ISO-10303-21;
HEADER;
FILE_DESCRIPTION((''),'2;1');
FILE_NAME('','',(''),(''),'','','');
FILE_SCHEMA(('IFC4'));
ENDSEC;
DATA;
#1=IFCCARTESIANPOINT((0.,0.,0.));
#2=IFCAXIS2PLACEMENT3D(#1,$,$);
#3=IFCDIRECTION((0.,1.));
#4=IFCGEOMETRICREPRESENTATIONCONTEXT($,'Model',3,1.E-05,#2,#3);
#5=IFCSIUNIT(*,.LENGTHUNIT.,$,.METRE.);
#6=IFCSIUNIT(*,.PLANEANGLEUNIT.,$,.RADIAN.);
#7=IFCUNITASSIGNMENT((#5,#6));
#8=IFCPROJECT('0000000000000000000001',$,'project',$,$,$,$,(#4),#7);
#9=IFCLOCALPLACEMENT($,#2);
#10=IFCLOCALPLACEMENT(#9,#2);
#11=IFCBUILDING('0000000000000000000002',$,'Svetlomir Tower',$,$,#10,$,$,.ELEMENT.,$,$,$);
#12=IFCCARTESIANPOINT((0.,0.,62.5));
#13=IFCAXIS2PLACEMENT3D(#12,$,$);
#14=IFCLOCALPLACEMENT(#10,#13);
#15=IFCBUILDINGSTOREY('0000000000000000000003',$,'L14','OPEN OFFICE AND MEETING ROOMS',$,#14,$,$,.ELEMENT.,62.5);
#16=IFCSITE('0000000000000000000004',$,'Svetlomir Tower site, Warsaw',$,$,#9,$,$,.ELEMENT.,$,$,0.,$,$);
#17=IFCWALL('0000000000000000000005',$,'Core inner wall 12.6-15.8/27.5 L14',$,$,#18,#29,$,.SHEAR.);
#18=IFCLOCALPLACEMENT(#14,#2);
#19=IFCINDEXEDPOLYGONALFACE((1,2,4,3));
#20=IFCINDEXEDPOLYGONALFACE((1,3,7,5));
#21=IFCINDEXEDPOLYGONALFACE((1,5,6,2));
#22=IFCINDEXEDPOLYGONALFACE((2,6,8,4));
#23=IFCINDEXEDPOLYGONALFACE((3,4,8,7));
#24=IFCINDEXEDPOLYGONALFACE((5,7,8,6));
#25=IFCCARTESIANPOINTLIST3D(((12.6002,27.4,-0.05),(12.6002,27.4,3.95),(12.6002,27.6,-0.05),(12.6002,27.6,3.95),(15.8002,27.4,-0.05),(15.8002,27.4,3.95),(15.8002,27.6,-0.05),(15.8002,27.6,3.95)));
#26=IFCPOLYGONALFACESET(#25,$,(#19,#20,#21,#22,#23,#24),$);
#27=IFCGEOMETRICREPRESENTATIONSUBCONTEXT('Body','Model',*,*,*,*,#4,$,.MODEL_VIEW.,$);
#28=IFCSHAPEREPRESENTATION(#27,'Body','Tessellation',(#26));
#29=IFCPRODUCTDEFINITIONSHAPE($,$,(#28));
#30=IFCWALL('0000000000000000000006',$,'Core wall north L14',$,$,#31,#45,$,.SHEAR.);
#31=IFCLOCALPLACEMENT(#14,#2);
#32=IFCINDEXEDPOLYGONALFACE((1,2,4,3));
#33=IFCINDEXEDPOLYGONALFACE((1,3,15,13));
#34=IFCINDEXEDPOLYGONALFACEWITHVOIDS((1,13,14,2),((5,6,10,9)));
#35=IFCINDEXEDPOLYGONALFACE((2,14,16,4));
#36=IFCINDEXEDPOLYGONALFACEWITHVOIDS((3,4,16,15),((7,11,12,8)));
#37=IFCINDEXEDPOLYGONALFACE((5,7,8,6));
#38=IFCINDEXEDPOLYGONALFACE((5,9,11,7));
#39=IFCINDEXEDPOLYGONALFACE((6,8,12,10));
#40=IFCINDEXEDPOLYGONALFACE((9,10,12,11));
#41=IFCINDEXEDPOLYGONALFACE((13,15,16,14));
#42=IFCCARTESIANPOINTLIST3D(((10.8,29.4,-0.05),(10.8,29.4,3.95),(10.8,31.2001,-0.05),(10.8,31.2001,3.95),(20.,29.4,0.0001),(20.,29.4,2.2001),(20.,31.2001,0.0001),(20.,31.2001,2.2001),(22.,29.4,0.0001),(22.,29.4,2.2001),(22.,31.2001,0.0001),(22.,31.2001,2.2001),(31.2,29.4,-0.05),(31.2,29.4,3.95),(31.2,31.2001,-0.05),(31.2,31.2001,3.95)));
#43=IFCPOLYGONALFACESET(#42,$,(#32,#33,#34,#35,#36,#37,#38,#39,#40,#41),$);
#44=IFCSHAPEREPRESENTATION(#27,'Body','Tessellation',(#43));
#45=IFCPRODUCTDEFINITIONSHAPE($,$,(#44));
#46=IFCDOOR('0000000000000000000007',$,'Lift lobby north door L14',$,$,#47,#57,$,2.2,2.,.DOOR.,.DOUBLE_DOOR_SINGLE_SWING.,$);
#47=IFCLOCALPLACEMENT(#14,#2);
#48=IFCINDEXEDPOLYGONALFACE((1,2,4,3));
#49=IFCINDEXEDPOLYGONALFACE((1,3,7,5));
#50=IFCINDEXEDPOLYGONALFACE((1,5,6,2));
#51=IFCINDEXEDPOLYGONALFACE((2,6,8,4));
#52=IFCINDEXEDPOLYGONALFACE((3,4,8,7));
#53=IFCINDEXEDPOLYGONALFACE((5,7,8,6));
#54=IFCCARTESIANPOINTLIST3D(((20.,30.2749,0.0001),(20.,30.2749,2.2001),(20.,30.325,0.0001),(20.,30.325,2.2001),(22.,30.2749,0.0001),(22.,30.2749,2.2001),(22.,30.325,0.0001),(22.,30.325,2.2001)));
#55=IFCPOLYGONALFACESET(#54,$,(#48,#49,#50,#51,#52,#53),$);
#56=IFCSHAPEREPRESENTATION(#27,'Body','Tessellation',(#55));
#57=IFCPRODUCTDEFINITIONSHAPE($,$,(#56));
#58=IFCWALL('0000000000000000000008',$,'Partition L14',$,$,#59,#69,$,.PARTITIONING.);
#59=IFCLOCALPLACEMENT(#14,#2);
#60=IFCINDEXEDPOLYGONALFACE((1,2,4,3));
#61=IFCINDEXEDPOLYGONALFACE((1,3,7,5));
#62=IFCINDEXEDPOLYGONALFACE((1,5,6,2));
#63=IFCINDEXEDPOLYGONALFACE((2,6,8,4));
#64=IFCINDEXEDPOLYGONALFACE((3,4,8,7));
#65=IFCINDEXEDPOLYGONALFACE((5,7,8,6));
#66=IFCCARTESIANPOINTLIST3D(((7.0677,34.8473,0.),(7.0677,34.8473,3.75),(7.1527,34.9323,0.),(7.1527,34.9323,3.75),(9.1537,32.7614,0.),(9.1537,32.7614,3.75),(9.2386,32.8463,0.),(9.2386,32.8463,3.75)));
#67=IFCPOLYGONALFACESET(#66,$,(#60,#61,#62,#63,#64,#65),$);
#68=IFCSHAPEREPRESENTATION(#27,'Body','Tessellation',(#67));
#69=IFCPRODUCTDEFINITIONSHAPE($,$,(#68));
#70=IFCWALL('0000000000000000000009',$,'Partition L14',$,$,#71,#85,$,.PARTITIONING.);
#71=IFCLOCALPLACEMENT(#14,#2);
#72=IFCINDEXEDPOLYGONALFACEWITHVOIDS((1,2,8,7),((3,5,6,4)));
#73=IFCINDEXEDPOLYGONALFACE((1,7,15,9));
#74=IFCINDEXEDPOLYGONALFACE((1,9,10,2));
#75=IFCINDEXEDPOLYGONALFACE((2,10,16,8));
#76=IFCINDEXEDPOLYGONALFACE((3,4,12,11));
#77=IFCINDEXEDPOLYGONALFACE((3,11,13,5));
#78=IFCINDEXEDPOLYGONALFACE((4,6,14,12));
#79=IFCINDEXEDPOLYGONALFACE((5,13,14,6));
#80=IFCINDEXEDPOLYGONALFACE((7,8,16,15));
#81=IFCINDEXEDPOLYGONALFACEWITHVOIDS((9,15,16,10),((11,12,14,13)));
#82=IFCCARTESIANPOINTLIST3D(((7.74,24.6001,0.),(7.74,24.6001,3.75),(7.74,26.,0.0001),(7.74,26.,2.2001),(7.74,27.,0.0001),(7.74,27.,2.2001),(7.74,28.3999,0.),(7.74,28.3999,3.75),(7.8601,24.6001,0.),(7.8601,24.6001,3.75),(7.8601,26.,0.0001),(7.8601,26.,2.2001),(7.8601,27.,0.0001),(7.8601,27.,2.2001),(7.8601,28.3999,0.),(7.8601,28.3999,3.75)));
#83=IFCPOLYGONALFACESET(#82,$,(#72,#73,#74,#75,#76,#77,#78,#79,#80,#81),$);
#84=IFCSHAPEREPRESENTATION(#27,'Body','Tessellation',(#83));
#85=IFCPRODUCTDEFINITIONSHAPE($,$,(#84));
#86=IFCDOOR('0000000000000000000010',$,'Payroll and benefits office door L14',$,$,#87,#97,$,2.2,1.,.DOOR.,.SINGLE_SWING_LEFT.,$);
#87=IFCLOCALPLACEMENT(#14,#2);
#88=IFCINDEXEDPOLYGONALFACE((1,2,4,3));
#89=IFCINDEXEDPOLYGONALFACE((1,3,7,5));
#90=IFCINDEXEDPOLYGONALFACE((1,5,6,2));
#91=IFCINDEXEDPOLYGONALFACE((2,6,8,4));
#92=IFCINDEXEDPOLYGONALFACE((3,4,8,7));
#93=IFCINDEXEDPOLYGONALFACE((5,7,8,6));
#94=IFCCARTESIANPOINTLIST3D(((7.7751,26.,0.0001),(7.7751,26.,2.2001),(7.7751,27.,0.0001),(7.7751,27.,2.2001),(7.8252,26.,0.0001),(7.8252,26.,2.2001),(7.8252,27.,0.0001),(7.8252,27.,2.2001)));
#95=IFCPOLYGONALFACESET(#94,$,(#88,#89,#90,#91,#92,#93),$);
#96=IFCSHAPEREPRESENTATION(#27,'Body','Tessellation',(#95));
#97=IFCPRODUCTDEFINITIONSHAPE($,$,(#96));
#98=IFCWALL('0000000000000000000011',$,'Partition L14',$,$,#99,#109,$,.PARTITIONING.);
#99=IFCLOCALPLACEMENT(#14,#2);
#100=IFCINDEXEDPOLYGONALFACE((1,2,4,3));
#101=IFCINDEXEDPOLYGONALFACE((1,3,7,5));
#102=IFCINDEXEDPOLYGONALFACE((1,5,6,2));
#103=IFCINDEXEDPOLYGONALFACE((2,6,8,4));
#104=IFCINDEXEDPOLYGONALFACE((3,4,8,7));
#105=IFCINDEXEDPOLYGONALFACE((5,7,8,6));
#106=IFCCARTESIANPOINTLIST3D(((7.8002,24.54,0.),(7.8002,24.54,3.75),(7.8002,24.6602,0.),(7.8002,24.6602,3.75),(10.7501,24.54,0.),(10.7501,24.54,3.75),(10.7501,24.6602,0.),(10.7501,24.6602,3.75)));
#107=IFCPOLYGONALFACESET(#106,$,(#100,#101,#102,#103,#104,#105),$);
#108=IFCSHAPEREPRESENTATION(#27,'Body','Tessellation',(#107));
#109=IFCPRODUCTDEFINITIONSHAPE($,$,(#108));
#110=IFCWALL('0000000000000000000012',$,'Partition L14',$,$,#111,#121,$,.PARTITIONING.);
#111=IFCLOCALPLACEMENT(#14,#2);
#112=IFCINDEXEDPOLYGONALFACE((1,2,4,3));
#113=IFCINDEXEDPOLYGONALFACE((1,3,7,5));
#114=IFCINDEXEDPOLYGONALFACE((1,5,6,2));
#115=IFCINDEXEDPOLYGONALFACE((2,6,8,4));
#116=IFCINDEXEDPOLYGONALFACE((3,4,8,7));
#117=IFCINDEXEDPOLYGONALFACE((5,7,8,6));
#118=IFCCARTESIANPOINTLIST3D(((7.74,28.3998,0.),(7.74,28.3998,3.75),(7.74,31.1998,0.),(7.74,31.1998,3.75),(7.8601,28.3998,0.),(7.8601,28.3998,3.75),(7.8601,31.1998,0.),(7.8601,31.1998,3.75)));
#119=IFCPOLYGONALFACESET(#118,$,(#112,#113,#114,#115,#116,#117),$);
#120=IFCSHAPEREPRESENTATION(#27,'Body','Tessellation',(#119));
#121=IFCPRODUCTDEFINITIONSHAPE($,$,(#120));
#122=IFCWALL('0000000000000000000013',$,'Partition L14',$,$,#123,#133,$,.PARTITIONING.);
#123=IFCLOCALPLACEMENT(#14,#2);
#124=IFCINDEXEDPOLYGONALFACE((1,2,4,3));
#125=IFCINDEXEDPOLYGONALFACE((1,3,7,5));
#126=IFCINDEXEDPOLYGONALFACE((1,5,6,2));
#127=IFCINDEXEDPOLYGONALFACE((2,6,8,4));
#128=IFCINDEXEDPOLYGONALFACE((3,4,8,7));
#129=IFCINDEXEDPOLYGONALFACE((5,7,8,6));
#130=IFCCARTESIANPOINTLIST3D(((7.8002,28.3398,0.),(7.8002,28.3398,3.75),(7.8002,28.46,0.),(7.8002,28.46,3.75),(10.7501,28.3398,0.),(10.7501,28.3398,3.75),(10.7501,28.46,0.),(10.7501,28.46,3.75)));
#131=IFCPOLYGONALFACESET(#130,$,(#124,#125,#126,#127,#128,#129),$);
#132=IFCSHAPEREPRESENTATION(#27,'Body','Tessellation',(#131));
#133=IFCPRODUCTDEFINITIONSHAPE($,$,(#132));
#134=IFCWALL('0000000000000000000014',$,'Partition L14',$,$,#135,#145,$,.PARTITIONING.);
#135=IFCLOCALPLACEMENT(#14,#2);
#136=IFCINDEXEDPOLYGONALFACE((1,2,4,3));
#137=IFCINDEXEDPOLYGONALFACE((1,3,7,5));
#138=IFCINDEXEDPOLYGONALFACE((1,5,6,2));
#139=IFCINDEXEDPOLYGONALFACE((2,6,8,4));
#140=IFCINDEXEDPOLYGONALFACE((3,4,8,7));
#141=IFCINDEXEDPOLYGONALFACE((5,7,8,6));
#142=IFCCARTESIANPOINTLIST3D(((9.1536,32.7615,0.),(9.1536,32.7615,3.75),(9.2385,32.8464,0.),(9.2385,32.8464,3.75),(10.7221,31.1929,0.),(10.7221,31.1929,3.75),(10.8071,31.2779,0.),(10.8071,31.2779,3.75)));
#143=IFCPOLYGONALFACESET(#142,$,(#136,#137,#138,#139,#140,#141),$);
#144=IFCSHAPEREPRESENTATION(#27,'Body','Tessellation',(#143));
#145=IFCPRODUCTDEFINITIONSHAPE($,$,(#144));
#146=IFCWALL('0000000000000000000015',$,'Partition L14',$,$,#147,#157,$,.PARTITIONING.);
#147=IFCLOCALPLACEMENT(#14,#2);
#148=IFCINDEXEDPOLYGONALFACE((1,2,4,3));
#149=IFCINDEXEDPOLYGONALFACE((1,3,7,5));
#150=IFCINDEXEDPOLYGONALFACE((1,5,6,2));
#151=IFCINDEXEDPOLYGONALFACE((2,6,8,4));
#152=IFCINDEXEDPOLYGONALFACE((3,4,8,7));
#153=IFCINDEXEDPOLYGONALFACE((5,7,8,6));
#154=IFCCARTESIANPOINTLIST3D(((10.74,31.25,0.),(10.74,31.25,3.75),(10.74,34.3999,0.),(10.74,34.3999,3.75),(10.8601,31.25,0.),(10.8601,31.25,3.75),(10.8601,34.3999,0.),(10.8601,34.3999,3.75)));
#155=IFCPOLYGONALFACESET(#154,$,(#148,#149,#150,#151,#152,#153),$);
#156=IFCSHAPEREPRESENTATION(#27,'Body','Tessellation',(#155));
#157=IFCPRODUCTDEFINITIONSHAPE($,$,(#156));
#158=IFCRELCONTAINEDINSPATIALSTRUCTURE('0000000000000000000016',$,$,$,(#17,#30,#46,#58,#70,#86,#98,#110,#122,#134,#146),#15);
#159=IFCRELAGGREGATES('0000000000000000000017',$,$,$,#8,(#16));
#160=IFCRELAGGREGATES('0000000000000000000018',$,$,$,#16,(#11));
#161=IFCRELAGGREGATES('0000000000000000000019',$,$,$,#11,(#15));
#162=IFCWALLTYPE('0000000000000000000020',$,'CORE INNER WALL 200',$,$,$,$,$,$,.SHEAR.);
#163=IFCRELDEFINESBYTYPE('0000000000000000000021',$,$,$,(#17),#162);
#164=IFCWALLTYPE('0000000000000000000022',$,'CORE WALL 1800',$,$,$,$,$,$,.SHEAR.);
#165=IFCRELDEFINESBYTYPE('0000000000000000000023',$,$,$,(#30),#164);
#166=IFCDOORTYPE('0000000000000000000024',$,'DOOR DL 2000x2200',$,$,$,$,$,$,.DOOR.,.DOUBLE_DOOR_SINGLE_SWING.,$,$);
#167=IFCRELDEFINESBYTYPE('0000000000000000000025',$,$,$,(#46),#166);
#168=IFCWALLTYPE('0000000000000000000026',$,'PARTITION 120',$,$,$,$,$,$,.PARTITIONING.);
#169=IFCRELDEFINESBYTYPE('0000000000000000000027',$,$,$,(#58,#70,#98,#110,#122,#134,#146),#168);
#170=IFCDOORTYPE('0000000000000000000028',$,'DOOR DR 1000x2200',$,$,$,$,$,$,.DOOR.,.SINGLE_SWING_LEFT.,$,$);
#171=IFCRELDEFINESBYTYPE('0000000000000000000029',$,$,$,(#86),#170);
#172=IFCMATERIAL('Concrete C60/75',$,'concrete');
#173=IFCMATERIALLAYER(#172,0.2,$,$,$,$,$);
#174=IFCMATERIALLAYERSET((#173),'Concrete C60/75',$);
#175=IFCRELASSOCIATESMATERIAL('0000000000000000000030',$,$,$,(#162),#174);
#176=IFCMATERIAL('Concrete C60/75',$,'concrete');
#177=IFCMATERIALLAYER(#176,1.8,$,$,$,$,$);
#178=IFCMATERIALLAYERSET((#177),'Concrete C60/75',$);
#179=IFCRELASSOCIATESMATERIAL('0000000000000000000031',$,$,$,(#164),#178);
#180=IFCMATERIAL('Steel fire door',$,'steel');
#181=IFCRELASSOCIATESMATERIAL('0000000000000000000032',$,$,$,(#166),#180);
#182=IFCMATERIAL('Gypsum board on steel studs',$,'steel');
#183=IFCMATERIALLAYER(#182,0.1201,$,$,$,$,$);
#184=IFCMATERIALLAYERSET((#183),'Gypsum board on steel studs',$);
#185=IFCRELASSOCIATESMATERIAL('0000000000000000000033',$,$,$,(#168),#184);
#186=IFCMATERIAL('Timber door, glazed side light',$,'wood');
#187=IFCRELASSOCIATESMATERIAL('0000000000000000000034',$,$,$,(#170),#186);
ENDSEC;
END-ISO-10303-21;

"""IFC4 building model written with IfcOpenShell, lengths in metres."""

from ifc_helpers import new_model, si_unit, direction, frame, frame_2d, origin, place, context, subcontext, project, spatial, rectangle, extrude, material, layer, layer_set, type_object, element, fill, save


model = new_model("IFC4")

# Units and contexts
model_context = context("Model", 3, precision=1e-05, world=origin(), true_north=direction((0.0, 1.0)))
body_context = subcontext(model_context, "Body", "Model", "MODEL_VIEW")
ifc_project = project(units=[si_unit("LENGTHUNIT", "METRE"), si_unit("PLANEANGLEUNIT", "RADIAN")], contexts=[model_context])

# Site, building, storey
site_placement = place(None, origin())
site = spatial("IfcSite", under=ifc_project, at=site_placement, Name="Svetlomir Tower site, Warsaw", CompositionType="ELEMENT", RefElevation=0.0)
building_placement = place(site_placement, origin())
building = spatial("IfcBuilding", under=site, at=building_placement, Name="Svetlomir Tower", CompositionType="ELEMENT")
storey_placement = place(building_placement, frame((0.0, 0.0, 62.5)))
storey = spatial("IfcBuildingStorey", under=building, at=storey_placement, Name="L14", Description="OPEN OFFICE AND MEETING ROOMS", CompositionType="ELEMENT", Elevation=62.5)

# Shared definitions
ifc_material_1 = material(Name="Concrete C60/75", Category="concrete")
ifc_layer_1 = layer(ifc_material_1, 0.2)
ifc_layer_set_1 = layer_set([ifc_layer_1], Name="Concrete C60/75")
wall_type_1 = type_object("IfcWallType", Name="CORE INNER WALL 200", PredefinedType="SHEAR", material=ifc_layer_set_1)

# Wall
wall_1_placement = place(storey_placement, frame((12.6001, 27.5, -0.05), z_axis=(0.0, 0.0, 1.0), x_axis=(1.0, 0.0, 0.0)))
element("IfcWall", 1, at=wall_1_placement, inside=storey, type_object=wall_type_1, Name="Core inner wall 12.6-15.8/27.5 L14", PredefinedType="SHEAR", context=body_context, shape_type="SweptSolid", body=[
    extrude(rectangle(XDim=3.2, YDim=0.2, at=frame_2d((1.6001, 0.0))), origin(), (0.0, 0.0, 1.0), 4.0),
])

# Wall, opening, door
ifc_material_2 = material(Name="Concrete C60/75", Category="concrete")
ifc_layer_2 = layer(ifc_material_2, 1.8)
ifc_layer_set_2 = layer_set([ifc_layer_2], Name="Concrete C60/75")
wall_type_2 = type_object("IfcWallType", Name="CORE WALL 1800", PredefinedType="SHEAR", material=ifc_layer_set_2)
wall_2_placement = place(storey_placement, frame((10.8, 30.3, -0.05), z_axis=(0.0, 0.0, 1.0), x_axis=(1.0, 0.0, 0.0)))
wall_2 = element("IfcWall", 2, at=wall_2_placement, inside=storey, type_object=wall_type_2, Name="Core wall north L14", PredefinedType="SHEAR", context=body_context, shape_type="SweptSolid", body=[
    extrude(rectangle(XDim=20.3999, YDim=1.8, at=frame_2d((10.2, 0.0))), origin(), (0.0, 0.0, 1.0), 4.0),
])
opening_1_placement = place(wall_2_placement, frame((9.2, 0.0, 0.05)))
opening_1 = element("IfcOpeningElement", 3, at=opening_1_placement, cuts=wall_2, PredefinedType="OPENING", context=body_context, shape_type="SweptSolid", body=[
    extrude(rectangle(XDim=2.0, YDim=2.2, at=frame_2d((1.0, 1.1001))), frame((0.0, 0.9102, 0.0), z_axis=(0.0, -1.0, 0.0), x_axis=(1.0, 0.0, 0.0)), (0.0, 0.0, 1.0), 1.8201),
])
ifc_material_3 = material(Name="Steel fire door", Category="steel")
door_type_1 = type_object("IfcDoorType", Name="DOOR DL 2000x2200", OperationType="DOUBLE_DOOR_SINGLE_SWING", PredefinedType="DOOR", material=ifc_material_3)
door_1_placement = place(opening_1_placement, origin())
door_1 = element("IfcDoor", 4, at=door_1_placement, inside=storey, type_object=door_type_1, Name="Lift lobby north door L14", OperationType="DOUBLE_DOOR_SINGLE_SWING", OverallHeight=2.2, OverallWidth=2.0, PredefinedType="DOOR", context=body_context, shape_type="SweptSolid", body=[
    extrude(rectangle(XDim=2.0, YDim=2.2, at=frame_2d((1.0, 1.1001))), frame((0.0, 0.0249, 0.0), z_axis=(0.0, -1.0, 0.0), x_axis=(1.0, 0.0, 0.0)), (0.0, 0.0, 1.0), 0.05),
])
fill(opening_1, door_1)

# Wall
ifc_material_4 = material(Name="Gypsum board on steel studs", Category="steel")
ifc_layer_3 = layer(ifc_material_4, 0.1201)
ifc_layer_set_3 = layer_set([ifc_layer_3], Name="Gypsum board on steel studs")
wall_type_3 = type_object("IfcWallType", Name="PARTITION 120", PredefinedType="PARTITIONING", material=ifc_layer_set_3)
wall_3_placement = place(storey_placement, frame((7.1101, 34.8899, 0.0), z_axis=(0.0, 0.0, 1.0), x_axis=(0.707107, -0.707107, 0.0)))
element("IfcWall", 5, at=wall_3_placement, inside=storey, type_object=wall_type_3, Name="Partition L14", PredefinedType="PARTITIONING", context=body_context, shape_type="SweptSolid", body=[
    extrude(rectangle(XDim=2.95, YDim=0.1201, at=frame_2d((1.4751, 0.0))), origin(), (0.0, 0.0, 1.0), 3.75),
])

# Wall, opening, door
wall_4_placement = place(storey_placement, frame((7.8, 24.6001, 0.0), z_axis=(0.0, 0.0, 1.0), x_axis=(0.0, 1.0, 0.0)))
wall_4 = element("IfcWall", 6, at=wall_4_placement, inside=storey, type_object=wall_type_3, Name="Partition L14", PredefinedType="PARTITIONING", context=body_context, shape_type="SweptSolid", body=[
    extrude(rectangle(XDim=3.7998, YDim=0.1201, at=frame_2d((1.8999, 0.0))), origin(), (0.0, 0.0, 1.0), 3.75),
])
opening_2_placement = place(wall_4_placement, frame((1.3999, 0.0, 0.0)))
opening_2 = element("IfcOpeningElement", 7, at=opening_2_placement, cuts=wall_4, PredefinedType="OPENING", context=body_context, shape_type="SweptSolid", body=[
    extrude(rectangle(XDim=1.0, YDim=2.2, at=frame_2d((0.5, 1.1001))), frame((0.0, 0.0701, 0.0), z_axis=(0.0, -1.0, 0.0), x_axis=(1.0, 0.0, 0.0)), (0.0, 0.0, 1.0), 0.1401),
])
ifc_material_5 = material(Name="Timber door, glazed side light", Category="wood")
door_type_2 = type_object("IfcDoorType", Name="DOOR DR 1000x2200", OperationType="SINGLE_SWING_LEFT", PredefinedType="DOOR", material=ifc_material_5)
door_2_placement = place(opening_2_placement, origin())
door_2 = element("IfcDoor", 8, at=door_2_placement, inside=storey, type_object=door_type_2, Name="Payroll and benefits office door L14", OperationType="SINGLE_SWING_LEFT", OverallHeight=2.2, OverallWidth=1.0, PredefinedType="DOOR", context=body_context, shape_type="SweptSolid", body=[
    extrude(rectangle(XDim=1.0, YDim=2.2, at=frame_2d((0.5, 1.1001))), frame((0.0, 0.0249, 0.0), z_axis=(0.0, -1.0, 0.0), x_axis=(1.0, 0.0, 0.0)), (0.0, 0.0, 1.0), 0.05),
])
fill(opening_2, door_2)

# Walls
wall_5_placement = place(storey_placement, frame((7.8, 24.6001, 0.0), z_axis=(0.0, 0.0, 1.0), x_axis=(1.0, 0.0, 0.0)))
element("IfcWall", 9, at=wall_5_placement, inside=storey, type_object=wall_type_3, Name="Partition L14", PredefinedType="PARTITIONING", context=body_context, shape_type="SweptSolid", body=[
    extrude(rectangle(XDim=2.95, YDim=0.1201, at=frame_2d((1.4751, 0.0))), origin(), (0.0, 0.0, 1.0), 3.75),
])
wall_6_placement = place(storey_placement, frame((7.8, 28.3999, 0.0), z_axis=(0.0, 0.0, 1.0), x_axis=(0.0, 1.0, 0.0)))
element("IfcWall", 10, at=wall_6_placement, inside=storey, type_object=wall_type_3, Name="Partition L14", PredefinedType="PARTITIONING", context=body_context, shape_type="SweptSolid", body=[
    extrude(rectangle(XDim=2.8, YDim=0.1201, at=frame_2d((1.3999, 0.0))), origin(), (0.0, 0.0, 1.0), 3.75),
])
wall_7_placement = place(storey_placement, frame((7.8, 28.3999, 0.0), z_axis=(0.0, 0.0, 1.0), x_axis=(1.0, 0.0, 0.0)))
element("IfcWall", 11, at=wall_7_placement, inside=storey, type_object=wall_type_3, Name="Partition L14", PredefinedType="PARTITIONING", context=body_context, shape_type="SweptSolid", body=[
    extrude(rectangle(XDim=2.95, YDim=0.1201, at=frame_2d((1.4751, 0.0))), origin(), (0.0, 0.0, 1.0), 3.75),
])

# Walls
wall_8_placement = place(storey_placement, frame((9.196, 32.804, 0.0), z_axis=(0.0, 0.0, 1.0), x_axis=(0.707107, -0.707107, 0.0)))
element("IfcWall", 12, at=wall_8_placement, inside=storey, type_object=wall_type_3, Name="Partition L14", PredefinedType="PARTITIONING", context=body_context, shape_type="SweptSolid", body=[
    extrude(rectangle(XDim=2.2183, YDim=0.1201, at=frame_2d((1.1091, 0.0))), origin(), (0.0, 0.0, 1.0), 3.75),
])
wall_9_placement = place(storey_placement, frame((10.8, 31.25, 0.0), z_axis=(0.0, 0.0, 1.0), x_axis=(0.0, 1.0, 0.0)))
element("IfcWall", 13, at=wall_9_placement, inside=storey, type_object=wall_type_3, Name="Partition L14", PredefinedType="PARTITIONING", context=body_context, shape_type="SweptSolid", body=[
    extrude(rectangle(XDim=3.1499, YDim=0.1201, at=frame_2d((1.575, 0.0))), origin(), (0.0, 0.0, 1.0), 3.75),
])

save(model, "model.ifc")
